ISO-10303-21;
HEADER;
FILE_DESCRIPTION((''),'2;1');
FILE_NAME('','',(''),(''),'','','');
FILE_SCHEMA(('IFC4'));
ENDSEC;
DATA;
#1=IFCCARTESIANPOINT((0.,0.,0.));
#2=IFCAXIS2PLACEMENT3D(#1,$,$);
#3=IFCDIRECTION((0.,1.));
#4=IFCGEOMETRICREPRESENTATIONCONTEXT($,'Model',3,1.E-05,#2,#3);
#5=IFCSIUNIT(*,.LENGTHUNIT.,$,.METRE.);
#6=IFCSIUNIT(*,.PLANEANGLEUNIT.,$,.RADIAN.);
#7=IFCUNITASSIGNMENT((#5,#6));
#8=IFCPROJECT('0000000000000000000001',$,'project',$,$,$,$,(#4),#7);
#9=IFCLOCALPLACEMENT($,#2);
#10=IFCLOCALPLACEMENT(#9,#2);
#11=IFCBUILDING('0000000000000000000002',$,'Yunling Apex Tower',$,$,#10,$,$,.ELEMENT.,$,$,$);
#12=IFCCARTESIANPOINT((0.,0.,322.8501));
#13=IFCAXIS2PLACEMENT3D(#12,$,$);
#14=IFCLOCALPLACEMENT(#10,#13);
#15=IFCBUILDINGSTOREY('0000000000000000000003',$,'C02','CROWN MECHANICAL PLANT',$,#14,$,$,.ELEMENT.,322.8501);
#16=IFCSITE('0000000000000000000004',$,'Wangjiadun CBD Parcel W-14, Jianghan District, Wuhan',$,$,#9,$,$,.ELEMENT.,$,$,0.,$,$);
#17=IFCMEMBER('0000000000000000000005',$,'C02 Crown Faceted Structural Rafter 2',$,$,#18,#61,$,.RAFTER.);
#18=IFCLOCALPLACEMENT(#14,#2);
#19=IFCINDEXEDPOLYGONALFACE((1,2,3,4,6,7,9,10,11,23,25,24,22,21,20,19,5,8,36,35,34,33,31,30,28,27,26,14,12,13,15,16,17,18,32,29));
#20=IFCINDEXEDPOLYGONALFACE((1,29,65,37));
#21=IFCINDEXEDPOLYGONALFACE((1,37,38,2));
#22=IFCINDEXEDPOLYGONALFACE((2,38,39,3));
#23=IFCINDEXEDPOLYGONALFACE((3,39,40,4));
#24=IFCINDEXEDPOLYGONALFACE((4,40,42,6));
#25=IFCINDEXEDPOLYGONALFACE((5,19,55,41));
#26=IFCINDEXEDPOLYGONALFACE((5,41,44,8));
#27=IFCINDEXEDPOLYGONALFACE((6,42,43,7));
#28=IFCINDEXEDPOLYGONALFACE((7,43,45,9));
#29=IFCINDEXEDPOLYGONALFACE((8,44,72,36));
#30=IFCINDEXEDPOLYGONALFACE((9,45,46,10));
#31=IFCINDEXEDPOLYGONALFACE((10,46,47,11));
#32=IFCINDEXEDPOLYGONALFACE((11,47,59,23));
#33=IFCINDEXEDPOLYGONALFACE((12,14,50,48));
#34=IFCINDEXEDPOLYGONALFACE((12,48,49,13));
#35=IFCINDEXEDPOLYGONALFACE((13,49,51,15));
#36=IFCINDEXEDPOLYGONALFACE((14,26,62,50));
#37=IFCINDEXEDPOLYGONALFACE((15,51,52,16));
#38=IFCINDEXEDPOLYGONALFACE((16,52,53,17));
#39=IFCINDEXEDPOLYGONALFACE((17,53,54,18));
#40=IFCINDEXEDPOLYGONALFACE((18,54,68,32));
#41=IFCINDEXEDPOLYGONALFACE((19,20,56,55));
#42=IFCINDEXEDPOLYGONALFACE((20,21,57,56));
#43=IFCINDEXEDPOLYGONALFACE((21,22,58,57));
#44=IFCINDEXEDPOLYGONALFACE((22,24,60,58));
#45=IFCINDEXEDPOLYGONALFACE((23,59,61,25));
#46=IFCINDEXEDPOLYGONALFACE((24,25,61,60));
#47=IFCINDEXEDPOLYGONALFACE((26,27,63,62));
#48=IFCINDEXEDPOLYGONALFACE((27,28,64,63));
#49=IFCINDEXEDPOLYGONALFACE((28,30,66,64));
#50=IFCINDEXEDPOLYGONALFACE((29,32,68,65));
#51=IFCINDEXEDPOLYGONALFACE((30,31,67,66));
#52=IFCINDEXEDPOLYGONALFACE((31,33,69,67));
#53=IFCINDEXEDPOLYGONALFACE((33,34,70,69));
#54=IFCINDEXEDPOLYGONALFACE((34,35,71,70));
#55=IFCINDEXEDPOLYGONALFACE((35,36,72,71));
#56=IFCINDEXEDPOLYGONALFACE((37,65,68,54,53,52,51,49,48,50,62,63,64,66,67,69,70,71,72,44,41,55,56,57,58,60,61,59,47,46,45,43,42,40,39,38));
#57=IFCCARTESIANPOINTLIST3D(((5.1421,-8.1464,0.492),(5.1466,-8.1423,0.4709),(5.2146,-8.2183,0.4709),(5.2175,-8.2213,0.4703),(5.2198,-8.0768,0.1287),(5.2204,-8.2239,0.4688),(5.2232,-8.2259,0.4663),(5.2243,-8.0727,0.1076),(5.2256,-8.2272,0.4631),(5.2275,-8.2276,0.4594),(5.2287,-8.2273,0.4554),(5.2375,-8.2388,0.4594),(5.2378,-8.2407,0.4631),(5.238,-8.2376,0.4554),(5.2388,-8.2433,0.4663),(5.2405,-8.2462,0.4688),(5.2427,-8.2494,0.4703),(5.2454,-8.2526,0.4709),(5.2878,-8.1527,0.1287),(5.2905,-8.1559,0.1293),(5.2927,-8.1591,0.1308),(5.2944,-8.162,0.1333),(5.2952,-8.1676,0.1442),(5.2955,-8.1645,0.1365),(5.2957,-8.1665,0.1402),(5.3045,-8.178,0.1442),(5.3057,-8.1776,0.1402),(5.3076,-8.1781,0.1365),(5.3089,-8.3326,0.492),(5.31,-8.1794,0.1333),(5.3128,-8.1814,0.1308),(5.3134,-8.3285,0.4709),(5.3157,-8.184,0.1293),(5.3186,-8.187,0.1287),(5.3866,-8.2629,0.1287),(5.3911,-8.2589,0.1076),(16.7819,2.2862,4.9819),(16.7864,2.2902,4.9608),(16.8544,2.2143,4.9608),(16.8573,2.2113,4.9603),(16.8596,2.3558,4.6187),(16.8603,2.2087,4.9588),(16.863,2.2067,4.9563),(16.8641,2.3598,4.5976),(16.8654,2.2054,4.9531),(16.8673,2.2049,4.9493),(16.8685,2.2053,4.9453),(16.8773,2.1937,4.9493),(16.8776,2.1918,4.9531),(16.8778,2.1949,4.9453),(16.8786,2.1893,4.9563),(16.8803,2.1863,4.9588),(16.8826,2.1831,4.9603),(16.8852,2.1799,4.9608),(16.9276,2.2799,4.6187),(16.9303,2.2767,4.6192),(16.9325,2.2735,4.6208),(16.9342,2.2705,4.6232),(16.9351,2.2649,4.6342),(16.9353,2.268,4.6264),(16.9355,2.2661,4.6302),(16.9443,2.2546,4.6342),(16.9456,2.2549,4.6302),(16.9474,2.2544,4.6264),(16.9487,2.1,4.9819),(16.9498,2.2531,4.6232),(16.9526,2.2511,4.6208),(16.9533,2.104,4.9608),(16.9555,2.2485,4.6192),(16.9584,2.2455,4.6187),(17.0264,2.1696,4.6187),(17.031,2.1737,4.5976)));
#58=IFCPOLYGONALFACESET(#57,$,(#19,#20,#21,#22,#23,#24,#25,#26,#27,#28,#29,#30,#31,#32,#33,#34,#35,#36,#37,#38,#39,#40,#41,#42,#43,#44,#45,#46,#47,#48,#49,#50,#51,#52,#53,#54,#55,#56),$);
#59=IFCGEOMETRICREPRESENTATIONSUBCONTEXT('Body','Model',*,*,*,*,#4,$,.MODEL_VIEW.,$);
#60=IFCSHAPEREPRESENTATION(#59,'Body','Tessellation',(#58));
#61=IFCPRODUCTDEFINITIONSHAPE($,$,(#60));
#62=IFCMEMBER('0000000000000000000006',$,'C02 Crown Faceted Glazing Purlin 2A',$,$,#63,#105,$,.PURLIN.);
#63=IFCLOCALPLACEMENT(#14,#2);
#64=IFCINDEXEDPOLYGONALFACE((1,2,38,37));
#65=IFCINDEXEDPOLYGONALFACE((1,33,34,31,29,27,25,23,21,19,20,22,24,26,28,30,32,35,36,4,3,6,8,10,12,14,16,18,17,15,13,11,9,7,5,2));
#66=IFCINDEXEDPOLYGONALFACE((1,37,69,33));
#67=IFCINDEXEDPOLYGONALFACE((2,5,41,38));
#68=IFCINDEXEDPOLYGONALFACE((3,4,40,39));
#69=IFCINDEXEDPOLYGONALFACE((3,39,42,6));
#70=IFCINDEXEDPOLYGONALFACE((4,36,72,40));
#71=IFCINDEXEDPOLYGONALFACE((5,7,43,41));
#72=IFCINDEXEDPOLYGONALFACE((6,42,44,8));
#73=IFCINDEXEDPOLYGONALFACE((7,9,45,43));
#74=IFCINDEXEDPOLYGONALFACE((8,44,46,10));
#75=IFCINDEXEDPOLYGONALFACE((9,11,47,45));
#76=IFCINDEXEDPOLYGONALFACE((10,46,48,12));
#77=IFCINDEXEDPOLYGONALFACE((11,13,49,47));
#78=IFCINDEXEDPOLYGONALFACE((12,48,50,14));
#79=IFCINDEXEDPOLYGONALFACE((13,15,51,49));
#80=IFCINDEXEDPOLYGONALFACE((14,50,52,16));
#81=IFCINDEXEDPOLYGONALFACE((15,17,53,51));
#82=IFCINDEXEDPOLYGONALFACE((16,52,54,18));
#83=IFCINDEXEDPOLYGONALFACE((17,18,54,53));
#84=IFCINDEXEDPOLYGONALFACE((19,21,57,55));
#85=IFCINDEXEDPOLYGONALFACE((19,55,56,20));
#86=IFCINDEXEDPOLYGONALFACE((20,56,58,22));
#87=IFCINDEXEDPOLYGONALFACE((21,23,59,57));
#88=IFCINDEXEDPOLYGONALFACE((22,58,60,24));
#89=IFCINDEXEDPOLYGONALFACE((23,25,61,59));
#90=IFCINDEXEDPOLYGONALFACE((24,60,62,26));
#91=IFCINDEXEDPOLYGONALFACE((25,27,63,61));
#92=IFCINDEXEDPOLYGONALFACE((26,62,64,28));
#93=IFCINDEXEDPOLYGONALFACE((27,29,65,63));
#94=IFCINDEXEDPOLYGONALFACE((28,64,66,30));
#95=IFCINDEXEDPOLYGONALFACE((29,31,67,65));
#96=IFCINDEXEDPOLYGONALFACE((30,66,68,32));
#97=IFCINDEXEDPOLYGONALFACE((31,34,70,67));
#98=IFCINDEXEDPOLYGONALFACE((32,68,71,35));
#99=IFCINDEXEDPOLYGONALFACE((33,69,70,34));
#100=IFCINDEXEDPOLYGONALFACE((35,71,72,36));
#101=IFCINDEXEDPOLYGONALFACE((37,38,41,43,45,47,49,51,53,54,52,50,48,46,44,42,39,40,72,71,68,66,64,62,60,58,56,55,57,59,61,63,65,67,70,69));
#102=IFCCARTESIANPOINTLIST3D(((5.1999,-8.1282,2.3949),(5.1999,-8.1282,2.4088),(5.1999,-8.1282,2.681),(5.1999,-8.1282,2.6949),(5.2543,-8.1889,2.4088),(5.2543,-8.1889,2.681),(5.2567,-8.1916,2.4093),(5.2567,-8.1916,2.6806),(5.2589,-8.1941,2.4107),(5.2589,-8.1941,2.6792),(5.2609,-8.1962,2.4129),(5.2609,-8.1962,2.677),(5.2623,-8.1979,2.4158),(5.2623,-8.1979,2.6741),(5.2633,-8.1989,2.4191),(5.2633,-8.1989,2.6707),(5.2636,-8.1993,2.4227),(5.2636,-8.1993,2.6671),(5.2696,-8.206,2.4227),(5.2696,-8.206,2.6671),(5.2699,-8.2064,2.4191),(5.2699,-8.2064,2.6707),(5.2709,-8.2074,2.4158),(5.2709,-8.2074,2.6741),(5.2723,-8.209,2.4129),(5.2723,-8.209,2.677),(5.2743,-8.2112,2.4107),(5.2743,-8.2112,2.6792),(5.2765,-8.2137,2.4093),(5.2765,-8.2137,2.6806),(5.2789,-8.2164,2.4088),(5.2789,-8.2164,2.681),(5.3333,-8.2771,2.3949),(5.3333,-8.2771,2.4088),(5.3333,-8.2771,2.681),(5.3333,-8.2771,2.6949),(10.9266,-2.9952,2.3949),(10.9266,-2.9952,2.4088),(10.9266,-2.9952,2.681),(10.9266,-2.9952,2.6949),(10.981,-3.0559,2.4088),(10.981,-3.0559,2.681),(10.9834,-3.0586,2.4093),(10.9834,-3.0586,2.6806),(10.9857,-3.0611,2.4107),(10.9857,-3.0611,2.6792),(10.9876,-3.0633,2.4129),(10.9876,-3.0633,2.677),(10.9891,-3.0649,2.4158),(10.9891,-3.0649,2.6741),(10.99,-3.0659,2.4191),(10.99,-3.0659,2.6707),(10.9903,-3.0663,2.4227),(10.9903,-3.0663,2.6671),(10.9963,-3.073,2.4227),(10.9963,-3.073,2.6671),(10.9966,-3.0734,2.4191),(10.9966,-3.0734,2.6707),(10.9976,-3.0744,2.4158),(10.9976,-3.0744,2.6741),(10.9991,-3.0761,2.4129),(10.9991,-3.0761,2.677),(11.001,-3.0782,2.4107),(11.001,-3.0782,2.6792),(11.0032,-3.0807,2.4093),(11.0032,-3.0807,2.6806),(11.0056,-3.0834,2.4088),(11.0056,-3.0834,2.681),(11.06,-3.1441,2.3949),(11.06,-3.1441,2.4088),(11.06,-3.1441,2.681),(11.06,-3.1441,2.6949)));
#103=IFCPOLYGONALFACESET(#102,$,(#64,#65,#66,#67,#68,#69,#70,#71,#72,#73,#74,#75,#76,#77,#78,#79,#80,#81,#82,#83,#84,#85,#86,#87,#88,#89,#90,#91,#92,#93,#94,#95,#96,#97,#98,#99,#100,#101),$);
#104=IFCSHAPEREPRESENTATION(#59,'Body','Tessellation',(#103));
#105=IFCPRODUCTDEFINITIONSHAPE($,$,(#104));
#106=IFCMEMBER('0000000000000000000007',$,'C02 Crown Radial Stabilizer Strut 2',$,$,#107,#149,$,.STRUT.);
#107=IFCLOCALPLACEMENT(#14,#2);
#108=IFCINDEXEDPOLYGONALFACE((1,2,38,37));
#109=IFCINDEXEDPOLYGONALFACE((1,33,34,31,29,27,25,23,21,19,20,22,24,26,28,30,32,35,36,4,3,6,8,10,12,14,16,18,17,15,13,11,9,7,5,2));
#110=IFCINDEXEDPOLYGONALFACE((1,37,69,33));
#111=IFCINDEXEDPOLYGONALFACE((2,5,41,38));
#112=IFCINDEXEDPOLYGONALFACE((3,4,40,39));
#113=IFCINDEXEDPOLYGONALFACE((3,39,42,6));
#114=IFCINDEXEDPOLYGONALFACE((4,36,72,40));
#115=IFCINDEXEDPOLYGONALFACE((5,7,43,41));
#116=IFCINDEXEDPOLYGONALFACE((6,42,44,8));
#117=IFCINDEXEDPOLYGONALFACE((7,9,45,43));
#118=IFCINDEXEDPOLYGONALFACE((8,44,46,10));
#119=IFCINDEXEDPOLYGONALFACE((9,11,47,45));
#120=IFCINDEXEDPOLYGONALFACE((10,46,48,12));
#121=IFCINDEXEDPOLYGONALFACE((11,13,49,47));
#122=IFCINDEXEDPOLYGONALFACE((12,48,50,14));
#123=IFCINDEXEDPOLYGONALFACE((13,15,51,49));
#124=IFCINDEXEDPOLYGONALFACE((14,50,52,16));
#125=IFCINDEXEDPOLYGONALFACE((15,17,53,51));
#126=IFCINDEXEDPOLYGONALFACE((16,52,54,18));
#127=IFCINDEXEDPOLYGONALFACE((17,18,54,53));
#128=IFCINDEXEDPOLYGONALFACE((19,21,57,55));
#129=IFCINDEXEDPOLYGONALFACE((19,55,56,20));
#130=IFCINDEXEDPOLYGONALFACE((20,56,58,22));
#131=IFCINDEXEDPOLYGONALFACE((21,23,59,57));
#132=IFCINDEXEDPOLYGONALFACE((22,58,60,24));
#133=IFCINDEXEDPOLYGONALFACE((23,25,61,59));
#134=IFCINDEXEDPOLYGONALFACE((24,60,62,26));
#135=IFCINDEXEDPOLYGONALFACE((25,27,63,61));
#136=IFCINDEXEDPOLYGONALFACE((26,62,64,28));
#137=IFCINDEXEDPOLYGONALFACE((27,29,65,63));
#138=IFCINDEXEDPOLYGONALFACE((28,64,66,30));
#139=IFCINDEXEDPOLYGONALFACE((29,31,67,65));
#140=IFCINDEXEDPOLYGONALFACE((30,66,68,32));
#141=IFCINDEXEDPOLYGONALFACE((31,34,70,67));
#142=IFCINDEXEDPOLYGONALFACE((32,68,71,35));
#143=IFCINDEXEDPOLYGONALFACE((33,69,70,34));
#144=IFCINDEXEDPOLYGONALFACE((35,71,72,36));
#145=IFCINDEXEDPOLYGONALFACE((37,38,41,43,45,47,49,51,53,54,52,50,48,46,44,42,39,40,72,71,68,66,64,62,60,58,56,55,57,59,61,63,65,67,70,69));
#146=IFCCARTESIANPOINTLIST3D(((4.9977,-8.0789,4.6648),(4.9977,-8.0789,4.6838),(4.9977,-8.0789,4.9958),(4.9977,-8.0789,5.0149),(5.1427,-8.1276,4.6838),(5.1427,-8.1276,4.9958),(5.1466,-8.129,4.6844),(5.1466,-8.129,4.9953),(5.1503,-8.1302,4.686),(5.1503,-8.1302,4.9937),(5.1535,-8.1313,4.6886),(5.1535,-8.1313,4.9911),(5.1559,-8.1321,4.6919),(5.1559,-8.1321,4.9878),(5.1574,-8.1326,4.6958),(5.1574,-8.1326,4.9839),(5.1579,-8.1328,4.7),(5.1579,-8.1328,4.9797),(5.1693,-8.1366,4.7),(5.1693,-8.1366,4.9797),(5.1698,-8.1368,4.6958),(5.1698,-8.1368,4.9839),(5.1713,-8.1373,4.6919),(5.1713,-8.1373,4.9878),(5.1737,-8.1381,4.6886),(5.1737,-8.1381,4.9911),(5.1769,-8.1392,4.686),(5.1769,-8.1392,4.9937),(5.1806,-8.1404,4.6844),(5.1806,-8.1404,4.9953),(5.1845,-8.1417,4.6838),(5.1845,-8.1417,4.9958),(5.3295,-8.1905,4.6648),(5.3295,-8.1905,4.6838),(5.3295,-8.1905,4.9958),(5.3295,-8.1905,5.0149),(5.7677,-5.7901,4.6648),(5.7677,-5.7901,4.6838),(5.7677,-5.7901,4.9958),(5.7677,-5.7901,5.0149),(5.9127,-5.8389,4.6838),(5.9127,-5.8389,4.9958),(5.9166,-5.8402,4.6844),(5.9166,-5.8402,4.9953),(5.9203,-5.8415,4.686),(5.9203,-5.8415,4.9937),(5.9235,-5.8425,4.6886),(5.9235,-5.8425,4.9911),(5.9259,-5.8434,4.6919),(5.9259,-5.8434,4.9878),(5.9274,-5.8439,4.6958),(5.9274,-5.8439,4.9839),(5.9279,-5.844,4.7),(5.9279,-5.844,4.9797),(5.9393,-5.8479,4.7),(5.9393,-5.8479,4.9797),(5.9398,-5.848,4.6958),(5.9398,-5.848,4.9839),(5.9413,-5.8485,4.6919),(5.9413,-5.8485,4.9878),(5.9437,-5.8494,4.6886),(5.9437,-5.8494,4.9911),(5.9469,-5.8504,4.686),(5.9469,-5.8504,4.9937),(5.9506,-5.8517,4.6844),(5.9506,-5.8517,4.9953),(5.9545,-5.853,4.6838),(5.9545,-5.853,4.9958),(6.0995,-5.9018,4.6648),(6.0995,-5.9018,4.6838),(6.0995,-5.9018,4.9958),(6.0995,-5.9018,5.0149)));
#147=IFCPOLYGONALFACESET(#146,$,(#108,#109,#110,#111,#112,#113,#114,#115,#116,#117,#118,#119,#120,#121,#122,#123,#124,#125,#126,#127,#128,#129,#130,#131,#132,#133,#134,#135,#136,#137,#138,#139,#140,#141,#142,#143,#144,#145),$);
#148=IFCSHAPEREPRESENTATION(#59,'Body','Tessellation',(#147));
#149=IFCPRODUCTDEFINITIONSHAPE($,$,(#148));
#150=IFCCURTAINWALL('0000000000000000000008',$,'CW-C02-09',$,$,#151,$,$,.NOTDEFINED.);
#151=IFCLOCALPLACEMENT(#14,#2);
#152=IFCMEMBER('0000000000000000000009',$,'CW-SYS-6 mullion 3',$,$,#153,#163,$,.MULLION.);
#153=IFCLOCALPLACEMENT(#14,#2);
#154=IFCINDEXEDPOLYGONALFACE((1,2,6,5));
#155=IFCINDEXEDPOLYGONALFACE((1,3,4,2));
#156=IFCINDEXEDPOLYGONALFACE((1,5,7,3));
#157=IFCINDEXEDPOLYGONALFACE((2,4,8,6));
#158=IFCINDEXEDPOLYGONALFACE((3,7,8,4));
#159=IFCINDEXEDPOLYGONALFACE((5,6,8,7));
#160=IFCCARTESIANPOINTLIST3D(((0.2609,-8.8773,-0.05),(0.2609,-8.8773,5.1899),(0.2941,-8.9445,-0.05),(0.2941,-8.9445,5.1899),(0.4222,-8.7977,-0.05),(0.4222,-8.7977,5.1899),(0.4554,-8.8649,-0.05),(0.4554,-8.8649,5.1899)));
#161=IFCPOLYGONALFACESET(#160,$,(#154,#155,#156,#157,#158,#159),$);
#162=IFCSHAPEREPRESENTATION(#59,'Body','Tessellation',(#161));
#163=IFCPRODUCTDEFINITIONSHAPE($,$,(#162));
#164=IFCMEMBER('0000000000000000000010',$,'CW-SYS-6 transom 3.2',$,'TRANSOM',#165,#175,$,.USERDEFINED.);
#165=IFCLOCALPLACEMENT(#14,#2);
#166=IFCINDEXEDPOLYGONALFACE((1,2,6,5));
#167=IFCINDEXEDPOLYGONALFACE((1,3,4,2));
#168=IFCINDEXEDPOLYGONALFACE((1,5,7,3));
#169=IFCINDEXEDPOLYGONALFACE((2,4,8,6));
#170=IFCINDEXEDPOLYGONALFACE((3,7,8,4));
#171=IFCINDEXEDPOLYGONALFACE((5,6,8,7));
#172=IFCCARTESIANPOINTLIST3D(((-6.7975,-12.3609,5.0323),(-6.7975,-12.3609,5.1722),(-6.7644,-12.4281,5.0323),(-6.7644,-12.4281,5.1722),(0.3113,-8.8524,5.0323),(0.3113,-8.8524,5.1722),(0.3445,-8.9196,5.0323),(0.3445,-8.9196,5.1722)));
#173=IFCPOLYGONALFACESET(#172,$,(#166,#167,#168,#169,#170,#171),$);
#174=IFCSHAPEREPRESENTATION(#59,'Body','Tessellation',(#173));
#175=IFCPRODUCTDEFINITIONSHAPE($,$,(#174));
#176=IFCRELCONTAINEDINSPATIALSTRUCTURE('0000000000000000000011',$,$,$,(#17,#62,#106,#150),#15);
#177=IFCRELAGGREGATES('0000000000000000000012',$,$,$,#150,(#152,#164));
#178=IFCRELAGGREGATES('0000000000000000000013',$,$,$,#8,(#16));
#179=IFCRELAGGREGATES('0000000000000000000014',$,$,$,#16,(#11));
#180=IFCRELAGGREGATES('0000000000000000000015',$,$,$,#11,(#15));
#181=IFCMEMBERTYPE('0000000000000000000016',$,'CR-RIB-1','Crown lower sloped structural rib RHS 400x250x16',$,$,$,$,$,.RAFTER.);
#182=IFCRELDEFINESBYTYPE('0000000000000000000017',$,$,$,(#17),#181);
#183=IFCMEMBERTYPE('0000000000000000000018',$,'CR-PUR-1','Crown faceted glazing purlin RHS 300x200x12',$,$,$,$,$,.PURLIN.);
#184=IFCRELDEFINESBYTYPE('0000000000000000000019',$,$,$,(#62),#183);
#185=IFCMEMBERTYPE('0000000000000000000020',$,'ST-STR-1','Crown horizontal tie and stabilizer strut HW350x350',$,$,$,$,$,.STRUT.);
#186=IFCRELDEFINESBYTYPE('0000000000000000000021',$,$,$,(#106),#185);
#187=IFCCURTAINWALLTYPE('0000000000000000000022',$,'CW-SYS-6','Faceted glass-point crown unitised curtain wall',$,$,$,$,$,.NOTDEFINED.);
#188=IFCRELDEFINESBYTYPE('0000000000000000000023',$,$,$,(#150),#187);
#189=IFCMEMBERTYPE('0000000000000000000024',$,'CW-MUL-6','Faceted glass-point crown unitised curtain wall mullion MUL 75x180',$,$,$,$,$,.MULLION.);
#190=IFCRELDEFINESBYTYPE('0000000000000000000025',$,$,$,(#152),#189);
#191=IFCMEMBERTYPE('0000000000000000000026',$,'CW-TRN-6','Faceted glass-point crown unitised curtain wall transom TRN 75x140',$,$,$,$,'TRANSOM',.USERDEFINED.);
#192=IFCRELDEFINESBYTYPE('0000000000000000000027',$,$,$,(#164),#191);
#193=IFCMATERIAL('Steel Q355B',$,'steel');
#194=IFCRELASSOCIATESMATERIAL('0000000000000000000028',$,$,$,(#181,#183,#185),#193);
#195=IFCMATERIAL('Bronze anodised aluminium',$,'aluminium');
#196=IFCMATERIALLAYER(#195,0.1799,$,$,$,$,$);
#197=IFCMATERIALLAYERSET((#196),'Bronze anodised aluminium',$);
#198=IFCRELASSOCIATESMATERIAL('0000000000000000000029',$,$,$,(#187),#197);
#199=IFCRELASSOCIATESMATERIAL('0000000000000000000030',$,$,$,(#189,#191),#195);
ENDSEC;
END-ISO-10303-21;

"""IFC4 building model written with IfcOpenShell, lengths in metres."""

from ifc_helpers import new_model, si_unit, direction, frame, origin, origin_2d, place, context, subcontext, project, spatial, rectangle, i_section, extrude, source, transform, mapped, material, layer, layer_set, material_profile, profile_set, type_object, element, aggregate, save


model = new_model("IFC4")

# Units and contexts
model_context = context("Model", 3, precision=1e-05, world=origin(), true_north=direction((0.0, 1.0)))
body_context = subcontext(model_context, "Body", "Model", "MODEL_VIEW")
ifc_project = project(units=[si_unit("LENGTHUNIT", "METRE"), si_unit("PLANEANGLEUNIT", "RADIAN")], contexts=[model_context])

# Site, building, storey
site_placement = place(None, origin())
site = spatial("IfcSite", under=ifc_project, at=site_placement, Name="Wangjiadun CBD Parcel W-14, Jianghan District, Wuhan", CompositionType="ELEMENT", RefElevation=0.0)
building_placement = place(site_placement, origin())
building = spatial("IfcBuilding", under=site, at=building_placement, Name="Yunling Apex Tower", CompositionType="ELEMENT")
storey_placement = place(building_placement, frame((0.0, 0.0, 322.8501)))
storey = spatial("IfcBuildingStorey", under=building, at=storey_placement, Name="C02", Description="CROWN MECHANICAL PLANT", CompositionType="ELEMENT", Elevation=322.8501)

# Shared definitions
ifc_material_1 = material(Name="Steel Q355B", Category="steel")

# Members
ifc_material_profile_1 = material_profile(ifc_material_1, i_section(OverallWidth=0.25, OverallDepth=0.3999, WebThickness=0.0139, FlangeThickness=0.022, FilletRadius=0.0161, at=origin_2d()))
ifc_profile_set_1 = profile_set([ifc_material_profile_1], Name="Steel Q355B")
member_type_1 = type_object("IfcMemberType", Name="CR-RIB-1", Description="Crown lower sloped structural rib RHS 400x250x16", PredefinedType="RAFTER", material=ifc_profile_set_1)
shared_shape_1 = source(origin(), body_context, "Body", "SweptSolid", [
    extrude(i_section(OverallWidth=0.25, OverallDepth=0.3999, WebThickness=0.0139, FlangeThickness=0.022, FilletRadius=0.0161, at=origin_2d()), origin(), (0.0, 0.0, 1.0), 16.2629),
])
member_1_placement = place(storey_placement, frame((5.2666, -8.2026, 0.2998), z_axis=(0.715727, 0.641492, 0.276085), x_axis=(-0.667433, 0.74467, 0.0)))
element("IfcMember", 1, at=member_1_placement, inside=storey, type_object=member_type_1, Name="C02 Crown Faceted Structural Rafter 2", PredefinedType="RAFTER", context=body_context, shape_type="MappedRepresentation", body=[
    mapped(shared_shape_1, transform((0.0, 0.0, 0.0), scale=1.0)),
])
ifc_material_profile_2 = material_profile(ifc_material_1, i_section(OverallWidth=0.2, OverallDepth=0.3, WebThickness=0.009, FlangeThickness=0.0139, FilletRadius=0.0139, at=origin_2d()))
ifc_profile_set_2 = profile_set([ifc_material_profile_2], Name="Steel Q355B")
member_type_2 = type_object("IfcMemberType", Name="CR-PUR-1", Description="Crown faceted glazing purlin RHS 300x200x12", PredefinedType="PURLIN", material=ifc_profile_set_2)
shared_shape_2 = source(origin(), body_context, "Body", "SweptSolid", [
    extrude(i_section(OverallWidth=0.2, OverallDepth=0.3, WebThickness=0.009, FlangeThickness=0.0139, FilletRadius=0.0139, at=origin_2d()), origin(), (0.0, 0.0, 1.0), 7.6904),
])
member_2_placement = place(storey_placement, frame((5.2666, -8.2026, 2.5449), z_axis=(0.744655, 0.66745, 0.0), x_axis=(-0.66745, 0.744655, 0.0)))
element("IfcMember", 2, at=member_2_placement, inside=storey, type_object=member_type_2, Name="C02 Crown Faceted Glazing Purlin 2A", PredefinedType="PURLIN", context=body_context, shape_type="MappedRepresentation", body=[
    mapped(shared_shape_2, transform((0.0, 0.0, 0.0), scale=1.0)),
])
ifc_material_profile_3 = material_profile(ifc_material_1, i_section(OverallWidth=0.3501, OverallDepth=0.3501, WebThickness=0.012, FlangeThickness=0.019, FilletRadius=0.0161, at=origin_2d()))
ifc_profile_set_3 = profile_set([ifc_material_profile_3], Name="Steel Q355B")
member_type_3 = type_object("IfcMemberType", Name="ST-STR-1", Description="Crown horizontal tie and stabilizer strut HW350x350", PredefinedType="STRUT", material=ifc_profile_set_3)
shared_shape_3 = source(origin(), body_context, "Body", "SweptSolid", [
    extrude(i_section(OverallWidth=0.3501, OverallDepth=0.3501, WebThickness=0.012, FlangeThickness=0.019, FilletRadius=0.0161, at=origin_2d()), origin(), (0.0, 0.0, 1.0), 2.4148),
])
member_3_placement = place(storey_placement, frame((5.9336, -5.8459, 4.8398), z_axis=(-0.318865, -0.9478, 0.0), x_axis=(0.9478, -0.318865, 0.0)))
element("IfcMember", 3, at=member_3_placement, inside=storey, type_object=member_type_3, Name="C02 Crown Radial Stabilizer Strut 2", PredefinedType="STRUT", context=body_context, shape_type="MappedRepresentation", body=[
    mapped(shared_shape_3, transform((0.0, 0.0, 0.0), scale=1.0)),
])

# Curtain wall, members
ifc_material_2 = material(Name="Bronze anodised aluminium", Category="aluminium")
ifc_layer_1 = layer(ifc_material_2, 0.1799)
ifc_layer_set_1 = layer_set([ifc_layer_1], Name="Bronze anodised aluminium")
curtain_wall_type = type_object("IfcCurtainWallType", Name="CW-SYS-6", Description="Faceted glass-point crown unitised curtain wall", PredefinedType="NOTDEFINED", material=ifc_layer_set_1)
curtain_wall_placement = place(storey_placement, origin())
curtain_wall = element("IfcCurtainWall", 4, at=curtain_wall_placement, inside=storey, type_object=curtain_wall_type, Name="CW-C02-09", PredefinedType="NOTDEFINED")
ifc_material_profile_4 = material_profile(ifc_material_2, rectangle(XDim=0.075, YDim=0.1799, at=origin_2d()))
ifc_profile_set_4 = profile_set([ifc_material_profile_4], Name="Bronze anodised aluminium")
member_type_4 = type_object("IfcMemberType", Name="CW-MUL-6", Description="Faceted glass-point crown unitised curtain wall mullion MUL 75x180", PredefinedType="MULLION", material=ifc_profile_set_4)
shared_shape_4 = source(origin(), body_context, "Body", "SweptSolid", [
    extrude(rectangle(XDim=0.075, YDim=0.1799, at=origin_2d()), origin(), (0.0, 0.0, 1.0), 5.24),
])
member_4_placement = place(storey_placement, frame((0.3582, -8.8711, -0.05), z_axis=(0.0, 0.0, 1.0), x_axis=(0.442566, -0.896736, 0.0)))
member_4 = element("IfcMember", 5, at=member_4_placement, type_object=member_type_4, Name="CW-SYS-6 mullion 3", PredefinedType="MULLION", context=body_context, shape_type="MappedRepresentation", body=[
    mapped(shared_shape_4, transform((0.0, 0.0, 0.0), scale=1.0)),
])
ifc_material_profile_5 = material_profile(ifc_material_2, rectangle(XDim=0.075, YDim=0.1399, at=origin_2d()))
ifc_profile_set_5 = profile_set([ifc_material_profile_5], Name="Bronze anodised aluminium")
member_type_5 = type_object("IfcMemberType", Name="CW-TRN-6", Description="Faceted glass-point crown unitised curtain wall transom TRN 75x140", ElementType="TRANSOM", PredefinedType="USERDEFINED", material=ifc_profile_set_5)
shared_shape_5 = source(origin(), body_context, "Body", "SweptSolid", [
    extrude(rectangle(XDim=0.075, YDim=0.1399, at=origin_2d()), origin(), (0.0, 0.0, 1.0), 7.9275),
])
member_5_placement = place(storey_placement, frame((0.3279, -8.886, 5.1023), z_axis=(-0.896731, -0.442576, 0.0), x_axis=(0.442576, -0.896731, 0.0)))
member_5 = element("IfcMember", 6, at=member_5_placement, type_object=member_type_5, Name="CW-SYS-6 transom 3.2", ObjectType="TRANSOM", PredefinedType="USERDEFINED", context=body_context, shape_type="MappedRepresentation", body=[
    mapped(shared_shape_5, transform((0.0, 0.0, 0.0), scale=1.0)),
])

aggregate(curtain_wall, [member_4, member_5])

save(model, "model.ifc")
